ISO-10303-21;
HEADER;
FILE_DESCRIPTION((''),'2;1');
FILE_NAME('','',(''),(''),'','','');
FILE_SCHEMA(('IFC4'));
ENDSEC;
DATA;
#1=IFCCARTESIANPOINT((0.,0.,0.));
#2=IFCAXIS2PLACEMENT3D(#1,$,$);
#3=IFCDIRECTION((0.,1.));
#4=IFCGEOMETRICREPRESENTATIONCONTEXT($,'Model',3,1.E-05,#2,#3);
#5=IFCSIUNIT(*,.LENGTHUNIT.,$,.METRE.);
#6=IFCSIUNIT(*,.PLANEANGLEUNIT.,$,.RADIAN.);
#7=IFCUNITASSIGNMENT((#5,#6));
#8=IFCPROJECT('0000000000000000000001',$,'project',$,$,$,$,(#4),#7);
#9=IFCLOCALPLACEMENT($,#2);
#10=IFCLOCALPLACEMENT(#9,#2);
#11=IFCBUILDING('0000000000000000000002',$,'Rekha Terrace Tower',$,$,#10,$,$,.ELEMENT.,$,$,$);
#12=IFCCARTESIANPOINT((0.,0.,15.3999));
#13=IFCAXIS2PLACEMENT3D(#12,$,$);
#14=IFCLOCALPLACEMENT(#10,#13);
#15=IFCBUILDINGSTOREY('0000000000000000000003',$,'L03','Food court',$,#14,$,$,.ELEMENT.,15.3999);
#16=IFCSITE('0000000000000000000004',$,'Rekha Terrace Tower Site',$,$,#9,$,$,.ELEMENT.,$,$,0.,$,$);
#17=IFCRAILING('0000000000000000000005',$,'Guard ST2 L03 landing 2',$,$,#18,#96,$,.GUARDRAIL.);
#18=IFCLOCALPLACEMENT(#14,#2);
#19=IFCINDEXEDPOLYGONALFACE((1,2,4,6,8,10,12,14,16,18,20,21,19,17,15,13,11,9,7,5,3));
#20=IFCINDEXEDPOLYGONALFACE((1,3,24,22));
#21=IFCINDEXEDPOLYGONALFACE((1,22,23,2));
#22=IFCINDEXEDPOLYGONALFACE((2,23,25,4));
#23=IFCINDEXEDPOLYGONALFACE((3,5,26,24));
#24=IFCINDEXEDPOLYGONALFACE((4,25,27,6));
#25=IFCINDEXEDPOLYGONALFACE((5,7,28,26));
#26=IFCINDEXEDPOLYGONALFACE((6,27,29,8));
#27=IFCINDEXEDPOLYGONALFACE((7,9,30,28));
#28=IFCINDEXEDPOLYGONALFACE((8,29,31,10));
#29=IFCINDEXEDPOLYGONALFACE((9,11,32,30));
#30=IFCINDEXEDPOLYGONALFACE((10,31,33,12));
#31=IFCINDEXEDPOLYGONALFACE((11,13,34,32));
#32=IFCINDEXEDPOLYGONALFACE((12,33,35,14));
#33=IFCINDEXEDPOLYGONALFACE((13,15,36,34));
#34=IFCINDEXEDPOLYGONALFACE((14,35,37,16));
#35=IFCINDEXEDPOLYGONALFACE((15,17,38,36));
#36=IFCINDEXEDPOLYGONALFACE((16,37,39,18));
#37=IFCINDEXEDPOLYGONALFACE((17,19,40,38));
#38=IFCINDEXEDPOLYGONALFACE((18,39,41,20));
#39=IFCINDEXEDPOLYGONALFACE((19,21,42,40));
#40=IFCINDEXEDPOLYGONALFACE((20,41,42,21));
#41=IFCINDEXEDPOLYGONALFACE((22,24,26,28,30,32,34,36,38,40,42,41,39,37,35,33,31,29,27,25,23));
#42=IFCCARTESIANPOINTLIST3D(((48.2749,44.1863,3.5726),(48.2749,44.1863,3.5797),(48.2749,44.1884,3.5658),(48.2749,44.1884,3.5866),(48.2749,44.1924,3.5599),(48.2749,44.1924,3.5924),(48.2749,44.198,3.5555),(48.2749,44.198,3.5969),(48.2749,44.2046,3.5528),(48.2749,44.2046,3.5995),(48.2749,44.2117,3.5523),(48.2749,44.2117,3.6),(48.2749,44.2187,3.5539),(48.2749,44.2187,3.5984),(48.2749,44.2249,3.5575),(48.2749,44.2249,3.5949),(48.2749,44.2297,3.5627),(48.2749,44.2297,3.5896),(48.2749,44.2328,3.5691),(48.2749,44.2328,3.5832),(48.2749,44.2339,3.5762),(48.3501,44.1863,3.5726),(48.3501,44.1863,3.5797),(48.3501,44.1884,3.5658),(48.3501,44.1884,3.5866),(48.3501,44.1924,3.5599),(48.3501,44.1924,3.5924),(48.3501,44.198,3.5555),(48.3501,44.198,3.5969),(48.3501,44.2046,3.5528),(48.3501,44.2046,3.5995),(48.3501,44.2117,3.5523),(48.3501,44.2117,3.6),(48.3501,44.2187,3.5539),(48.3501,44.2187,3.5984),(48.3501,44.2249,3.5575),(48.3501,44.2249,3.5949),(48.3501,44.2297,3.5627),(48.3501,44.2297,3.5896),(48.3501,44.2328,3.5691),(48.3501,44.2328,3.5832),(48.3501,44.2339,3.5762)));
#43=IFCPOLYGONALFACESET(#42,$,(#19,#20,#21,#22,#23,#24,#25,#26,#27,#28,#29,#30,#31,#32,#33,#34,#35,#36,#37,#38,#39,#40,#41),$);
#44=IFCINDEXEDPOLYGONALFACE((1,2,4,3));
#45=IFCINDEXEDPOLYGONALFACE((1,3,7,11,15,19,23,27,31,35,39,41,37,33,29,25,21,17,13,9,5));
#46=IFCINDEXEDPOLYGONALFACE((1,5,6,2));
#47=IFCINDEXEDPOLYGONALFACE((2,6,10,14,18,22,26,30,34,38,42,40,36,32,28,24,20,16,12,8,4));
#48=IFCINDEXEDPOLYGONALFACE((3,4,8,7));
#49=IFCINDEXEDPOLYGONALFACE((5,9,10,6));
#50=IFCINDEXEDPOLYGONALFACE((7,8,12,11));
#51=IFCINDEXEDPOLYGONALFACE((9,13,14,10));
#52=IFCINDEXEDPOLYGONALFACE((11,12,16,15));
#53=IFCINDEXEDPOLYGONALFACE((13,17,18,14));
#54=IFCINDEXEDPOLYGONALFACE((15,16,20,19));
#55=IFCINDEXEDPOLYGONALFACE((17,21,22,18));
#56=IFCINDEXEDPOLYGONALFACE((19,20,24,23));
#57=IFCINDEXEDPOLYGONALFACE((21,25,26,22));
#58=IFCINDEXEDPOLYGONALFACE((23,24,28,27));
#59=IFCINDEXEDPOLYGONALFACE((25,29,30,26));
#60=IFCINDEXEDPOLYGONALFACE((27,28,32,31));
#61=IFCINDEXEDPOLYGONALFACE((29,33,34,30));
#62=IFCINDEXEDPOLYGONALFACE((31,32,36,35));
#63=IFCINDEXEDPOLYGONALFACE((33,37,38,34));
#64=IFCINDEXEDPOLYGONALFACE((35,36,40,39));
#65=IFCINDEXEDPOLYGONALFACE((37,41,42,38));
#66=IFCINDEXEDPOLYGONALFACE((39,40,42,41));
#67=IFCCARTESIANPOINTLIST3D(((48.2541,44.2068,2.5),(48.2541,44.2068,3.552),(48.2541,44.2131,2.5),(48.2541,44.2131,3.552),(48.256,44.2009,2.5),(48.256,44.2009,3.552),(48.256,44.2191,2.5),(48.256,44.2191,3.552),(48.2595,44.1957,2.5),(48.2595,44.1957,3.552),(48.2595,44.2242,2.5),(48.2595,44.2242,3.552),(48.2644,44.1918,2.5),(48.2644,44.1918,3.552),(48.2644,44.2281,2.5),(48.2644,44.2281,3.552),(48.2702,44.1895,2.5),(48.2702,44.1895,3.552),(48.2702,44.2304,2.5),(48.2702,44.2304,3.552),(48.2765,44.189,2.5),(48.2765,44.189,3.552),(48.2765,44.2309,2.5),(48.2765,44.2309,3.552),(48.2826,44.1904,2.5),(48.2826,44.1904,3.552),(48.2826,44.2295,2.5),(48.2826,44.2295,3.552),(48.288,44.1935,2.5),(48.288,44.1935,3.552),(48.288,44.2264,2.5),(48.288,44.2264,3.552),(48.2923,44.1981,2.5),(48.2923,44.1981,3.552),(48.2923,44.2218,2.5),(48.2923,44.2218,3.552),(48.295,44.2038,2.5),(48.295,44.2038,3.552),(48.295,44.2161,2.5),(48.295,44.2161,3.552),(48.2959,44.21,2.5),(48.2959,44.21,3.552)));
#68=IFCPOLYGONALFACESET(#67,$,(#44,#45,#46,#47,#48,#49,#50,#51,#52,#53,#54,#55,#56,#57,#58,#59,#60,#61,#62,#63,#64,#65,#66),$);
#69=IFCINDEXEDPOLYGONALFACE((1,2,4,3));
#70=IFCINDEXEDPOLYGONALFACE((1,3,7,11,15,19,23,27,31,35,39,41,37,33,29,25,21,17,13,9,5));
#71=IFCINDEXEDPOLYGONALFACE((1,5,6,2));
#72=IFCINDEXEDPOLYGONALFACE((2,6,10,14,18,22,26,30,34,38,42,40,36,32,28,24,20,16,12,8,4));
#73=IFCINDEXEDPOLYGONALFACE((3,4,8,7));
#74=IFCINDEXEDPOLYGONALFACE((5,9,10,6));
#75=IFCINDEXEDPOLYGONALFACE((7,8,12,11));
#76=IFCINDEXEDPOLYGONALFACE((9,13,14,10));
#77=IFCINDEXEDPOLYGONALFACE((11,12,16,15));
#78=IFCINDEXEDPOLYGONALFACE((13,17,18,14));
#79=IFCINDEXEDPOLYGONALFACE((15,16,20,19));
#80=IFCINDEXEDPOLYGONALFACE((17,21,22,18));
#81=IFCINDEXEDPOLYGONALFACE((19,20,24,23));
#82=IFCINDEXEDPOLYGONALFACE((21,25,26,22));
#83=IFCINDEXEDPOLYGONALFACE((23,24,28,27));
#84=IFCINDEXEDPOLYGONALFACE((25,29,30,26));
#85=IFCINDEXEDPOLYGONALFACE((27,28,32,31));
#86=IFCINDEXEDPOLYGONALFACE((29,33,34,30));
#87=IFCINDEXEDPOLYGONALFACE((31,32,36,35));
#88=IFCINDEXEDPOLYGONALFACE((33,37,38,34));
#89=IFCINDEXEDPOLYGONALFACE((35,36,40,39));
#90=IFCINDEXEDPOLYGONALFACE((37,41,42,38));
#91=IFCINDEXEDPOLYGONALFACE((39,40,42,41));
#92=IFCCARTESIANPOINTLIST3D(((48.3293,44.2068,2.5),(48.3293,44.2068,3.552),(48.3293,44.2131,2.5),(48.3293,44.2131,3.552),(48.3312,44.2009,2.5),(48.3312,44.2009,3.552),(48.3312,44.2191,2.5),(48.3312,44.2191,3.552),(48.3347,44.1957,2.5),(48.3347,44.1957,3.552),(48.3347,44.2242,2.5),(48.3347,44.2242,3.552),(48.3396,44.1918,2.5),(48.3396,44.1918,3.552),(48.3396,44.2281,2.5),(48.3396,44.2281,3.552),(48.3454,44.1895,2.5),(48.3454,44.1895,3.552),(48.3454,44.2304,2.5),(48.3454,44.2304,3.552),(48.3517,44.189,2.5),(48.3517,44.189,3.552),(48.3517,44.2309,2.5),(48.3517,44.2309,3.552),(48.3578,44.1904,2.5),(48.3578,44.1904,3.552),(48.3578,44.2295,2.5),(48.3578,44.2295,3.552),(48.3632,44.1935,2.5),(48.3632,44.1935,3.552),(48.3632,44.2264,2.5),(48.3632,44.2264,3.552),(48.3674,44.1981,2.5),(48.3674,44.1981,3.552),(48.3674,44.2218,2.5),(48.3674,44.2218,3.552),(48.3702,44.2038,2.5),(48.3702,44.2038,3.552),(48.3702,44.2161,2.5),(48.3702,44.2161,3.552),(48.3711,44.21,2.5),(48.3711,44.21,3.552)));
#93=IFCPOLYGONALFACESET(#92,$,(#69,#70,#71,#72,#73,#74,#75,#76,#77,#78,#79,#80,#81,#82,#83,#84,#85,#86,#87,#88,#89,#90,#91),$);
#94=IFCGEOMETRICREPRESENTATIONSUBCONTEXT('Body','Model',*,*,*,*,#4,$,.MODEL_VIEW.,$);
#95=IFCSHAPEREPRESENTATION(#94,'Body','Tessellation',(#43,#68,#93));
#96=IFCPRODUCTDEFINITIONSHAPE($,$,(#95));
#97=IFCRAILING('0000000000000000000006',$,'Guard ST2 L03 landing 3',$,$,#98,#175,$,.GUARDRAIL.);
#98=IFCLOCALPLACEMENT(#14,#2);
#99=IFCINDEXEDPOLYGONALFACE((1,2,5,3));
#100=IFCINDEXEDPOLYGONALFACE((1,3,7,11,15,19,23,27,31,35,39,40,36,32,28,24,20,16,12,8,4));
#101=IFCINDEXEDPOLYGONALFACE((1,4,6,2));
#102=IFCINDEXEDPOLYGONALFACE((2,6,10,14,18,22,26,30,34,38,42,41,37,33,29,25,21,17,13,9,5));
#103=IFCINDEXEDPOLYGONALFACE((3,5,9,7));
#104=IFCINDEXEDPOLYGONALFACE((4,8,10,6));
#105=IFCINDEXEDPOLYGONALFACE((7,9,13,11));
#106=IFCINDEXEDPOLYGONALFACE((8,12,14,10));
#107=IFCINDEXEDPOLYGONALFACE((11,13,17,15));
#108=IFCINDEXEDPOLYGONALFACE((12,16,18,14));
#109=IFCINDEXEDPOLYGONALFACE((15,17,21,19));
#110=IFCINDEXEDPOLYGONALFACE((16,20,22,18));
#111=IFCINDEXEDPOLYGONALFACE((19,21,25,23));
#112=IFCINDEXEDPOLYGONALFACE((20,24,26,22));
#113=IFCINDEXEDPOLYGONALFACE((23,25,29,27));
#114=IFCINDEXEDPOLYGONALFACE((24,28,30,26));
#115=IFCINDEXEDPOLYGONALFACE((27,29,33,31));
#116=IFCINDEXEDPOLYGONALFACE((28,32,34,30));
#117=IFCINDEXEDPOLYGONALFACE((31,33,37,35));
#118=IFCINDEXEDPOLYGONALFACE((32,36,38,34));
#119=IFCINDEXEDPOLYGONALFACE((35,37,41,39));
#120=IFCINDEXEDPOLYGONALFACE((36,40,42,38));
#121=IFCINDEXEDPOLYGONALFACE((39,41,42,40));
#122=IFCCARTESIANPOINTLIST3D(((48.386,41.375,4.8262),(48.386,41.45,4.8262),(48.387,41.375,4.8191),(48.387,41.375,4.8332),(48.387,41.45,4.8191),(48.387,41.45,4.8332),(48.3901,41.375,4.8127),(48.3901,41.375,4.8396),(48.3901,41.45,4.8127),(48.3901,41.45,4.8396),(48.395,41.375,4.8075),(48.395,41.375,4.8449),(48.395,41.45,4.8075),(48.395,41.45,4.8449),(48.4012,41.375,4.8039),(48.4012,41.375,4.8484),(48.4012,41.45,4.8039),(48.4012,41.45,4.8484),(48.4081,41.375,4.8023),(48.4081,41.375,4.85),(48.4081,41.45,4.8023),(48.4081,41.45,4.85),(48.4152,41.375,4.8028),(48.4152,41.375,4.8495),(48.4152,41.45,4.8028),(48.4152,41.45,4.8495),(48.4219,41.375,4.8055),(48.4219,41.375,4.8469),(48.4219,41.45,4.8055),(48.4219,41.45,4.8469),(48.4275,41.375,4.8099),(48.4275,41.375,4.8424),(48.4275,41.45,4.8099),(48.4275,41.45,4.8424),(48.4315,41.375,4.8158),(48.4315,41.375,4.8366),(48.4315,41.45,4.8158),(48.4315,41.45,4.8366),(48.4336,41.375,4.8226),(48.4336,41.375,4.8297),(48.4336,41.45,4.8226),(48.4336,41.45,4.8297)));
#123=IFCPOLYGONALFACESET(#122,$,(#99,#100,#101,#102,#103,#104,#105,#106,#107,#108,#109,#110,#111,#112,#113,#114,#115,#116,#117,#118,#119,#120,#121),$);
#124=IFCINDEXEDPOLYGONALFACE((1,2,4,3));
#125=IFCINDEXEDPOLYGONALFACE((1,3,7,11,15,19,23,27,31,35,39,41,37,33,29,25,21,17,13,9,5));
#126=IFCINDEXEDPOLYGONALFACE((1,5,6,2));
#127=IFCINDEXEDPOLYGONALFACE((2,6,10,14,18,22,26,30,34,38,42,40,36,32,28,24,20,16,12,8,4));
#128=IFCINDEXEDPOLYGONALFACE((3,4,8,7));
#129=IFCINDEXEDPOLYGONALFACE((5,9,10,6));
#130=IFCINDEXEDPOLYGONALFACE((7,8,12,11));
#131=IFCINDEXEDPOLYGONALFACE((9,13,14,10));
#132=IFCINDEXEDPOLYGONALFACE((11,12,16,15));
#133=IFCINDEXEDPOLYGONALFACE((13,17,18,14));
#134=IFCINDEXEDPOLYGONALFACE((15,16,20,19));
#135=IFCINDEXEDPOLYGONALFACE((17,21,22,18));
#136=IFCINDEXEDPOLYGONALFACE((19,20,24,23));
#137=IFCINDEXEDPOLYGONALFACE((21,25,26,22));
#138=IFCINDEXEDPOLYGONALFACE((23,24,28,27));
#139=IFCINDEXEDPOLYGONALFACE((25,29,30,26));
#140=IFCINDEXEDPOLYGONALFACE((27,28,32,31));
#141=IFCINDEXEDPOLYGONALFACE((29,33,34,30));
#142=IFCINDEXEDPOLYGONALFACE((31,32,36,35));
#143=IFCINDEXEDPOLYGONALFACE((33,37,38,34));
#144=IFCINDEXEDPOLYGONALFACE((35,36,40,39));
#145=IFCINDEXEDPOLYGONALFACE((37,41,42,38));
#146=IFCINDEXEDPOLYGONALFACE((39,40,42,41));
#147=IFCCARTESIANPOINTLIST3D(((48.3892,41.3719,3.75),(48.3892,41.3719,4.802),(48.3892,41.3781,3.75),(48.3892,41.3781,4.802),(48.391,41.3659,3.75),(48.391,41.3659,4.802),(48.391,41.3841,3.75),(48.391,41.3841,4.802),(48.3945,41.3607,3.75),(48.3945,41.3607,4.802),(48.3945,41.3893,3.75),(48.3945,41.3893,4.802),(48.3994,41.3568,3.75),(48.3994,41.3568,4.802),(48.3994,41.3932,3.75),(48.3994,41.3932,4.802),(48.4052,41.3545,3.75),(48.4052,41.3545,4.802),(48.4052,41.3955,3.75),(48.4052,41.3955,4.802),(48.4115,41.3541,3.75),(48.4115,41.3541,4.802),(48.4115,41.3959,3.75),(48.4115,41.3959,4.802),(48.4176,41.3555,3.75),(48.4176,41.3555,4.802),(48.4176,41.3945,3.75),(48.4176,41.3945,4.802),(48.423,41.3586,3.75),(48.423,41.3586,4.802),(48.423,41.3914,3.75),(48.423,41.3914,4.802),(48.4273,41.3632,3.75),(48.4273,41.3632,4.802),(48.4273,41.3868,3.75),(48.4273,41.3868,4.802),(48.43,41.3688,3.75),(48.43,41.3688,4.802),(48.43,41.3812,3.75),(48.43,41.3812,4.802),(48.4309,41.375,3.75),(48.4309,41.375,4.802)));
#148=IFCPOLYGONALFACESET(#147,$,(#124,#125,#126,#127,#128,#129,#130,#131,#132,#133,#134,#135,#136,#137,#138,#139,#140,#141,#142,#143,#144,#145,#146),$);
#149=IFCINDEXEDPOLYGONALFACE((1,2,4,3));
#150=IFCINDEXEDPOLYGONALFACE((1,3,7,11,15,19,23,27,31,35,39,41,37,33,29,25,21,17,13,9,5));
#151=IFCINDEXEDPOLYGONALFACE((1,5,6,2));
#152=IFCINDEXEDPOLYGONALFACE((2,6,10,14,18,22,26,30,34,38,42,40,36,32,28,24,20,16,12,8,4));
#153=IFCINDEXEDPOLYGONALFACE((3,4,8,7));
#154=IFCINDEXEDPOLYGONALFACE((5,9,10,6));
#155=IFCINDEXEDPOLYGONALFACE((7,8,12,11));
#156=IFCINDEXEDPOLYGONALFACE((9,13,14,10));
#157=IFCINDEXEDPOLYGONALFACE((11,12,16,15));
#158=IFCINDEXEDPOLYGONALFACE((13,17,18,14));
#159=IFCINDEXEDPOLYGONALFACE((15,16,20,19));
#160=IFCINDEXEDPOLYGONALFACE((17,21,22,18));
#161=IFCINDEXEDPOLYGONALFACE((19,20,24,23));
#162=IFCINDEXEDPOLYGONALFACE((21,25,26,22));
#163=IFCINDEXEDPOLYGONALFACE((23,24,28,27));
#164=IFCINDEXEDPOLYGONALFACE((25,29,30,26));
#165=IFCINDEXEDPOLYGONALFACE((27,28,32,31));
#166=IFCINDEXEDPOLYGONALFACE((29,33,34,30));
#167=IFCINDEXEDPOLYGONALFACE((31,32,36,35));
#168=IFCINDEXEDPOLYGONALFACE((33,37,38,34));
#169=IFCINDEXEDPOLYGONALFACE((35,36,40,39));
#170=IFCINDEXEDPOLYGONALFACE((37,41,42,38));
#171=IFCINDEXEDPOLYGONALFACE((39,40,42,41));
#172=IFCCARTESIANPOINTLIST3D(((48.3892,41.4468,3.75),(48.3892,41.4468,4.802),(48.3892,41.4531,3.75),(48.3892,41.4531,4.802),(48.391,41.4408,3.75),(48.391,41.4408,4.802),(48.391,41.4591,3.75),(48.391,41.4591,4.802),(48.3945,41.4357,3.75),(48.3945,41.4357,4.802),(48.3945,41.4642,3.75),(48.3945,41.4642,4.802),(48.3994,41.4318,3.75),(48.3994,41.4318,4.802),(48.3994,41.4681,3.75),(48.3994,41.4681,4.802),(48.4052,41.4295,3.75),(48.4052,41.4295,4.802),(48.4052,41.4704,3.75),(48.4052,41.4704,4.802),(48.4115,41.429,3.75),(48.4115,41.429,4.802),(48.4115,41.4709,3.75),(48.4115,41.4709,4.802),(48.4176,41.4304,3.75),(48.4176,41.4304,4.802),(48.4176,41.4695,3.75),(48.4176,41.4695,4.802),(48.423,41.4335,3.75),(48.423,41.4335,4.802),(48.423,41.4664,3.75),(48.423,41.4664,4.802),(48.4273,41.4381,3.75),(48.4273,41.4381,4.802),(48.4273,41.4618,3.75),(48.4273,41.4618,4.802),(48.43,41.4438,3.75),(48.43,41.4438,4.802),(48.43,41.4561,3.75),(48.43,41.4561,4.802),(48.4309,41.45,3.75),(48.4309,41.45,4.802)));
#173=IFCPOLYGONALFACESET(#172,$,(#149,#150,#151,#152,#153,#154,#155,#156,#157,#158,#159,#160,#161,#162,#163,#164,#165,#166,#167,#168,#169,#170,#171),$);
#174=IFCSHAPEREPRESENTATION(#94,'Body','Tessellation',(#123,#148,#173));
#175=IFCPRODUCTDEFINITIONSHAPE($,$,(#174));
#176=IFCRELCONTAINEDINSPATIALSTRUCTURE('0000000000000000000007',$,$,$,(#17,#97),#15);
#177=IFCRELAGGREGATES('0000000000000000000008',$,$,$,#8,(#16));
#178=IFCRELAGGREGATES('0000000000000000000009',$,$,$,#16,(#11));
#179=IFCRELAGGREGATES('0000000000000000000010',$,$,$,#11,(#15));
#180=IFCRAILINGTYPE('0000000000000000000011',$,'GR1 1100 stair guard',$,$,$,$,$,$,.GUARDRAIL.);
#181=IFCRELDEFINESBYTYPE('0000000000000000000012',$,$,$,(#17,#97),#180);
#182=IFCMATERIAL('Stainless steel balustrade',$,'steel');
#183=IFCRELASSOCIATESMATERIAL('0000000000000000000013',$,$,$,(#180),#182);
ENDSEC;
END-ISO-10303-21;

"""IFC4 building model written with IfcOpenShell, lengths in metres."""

from ifc_helpers import new_model, si_unit, direction, frame, origin, origin_2d, place, context, subcontext, project, spatial, circle, extrude, material, type_object, element, save


model = new_model("IFC4")

# Units and contexts
model_context = context("Model", 3, precision=1e-05, world=origin(), true_north=direction((0.0, 1.0)))
body_context = subcontext(model_context, "Body", "Model", "MODEL_VIEW")
ifc_project = project(units=[si_unit("LENGTHUNIT", "METRE"), si_unit("PLANEANGLEUNIT", "RADIAN")], contexts=[model_context])

# Site, building, storey
site_placement = place(None, origin())
site = spatial("IfcSite", under=ifc_project, at=site_placement, Name="Rekha Terrace Tower Site", CompositionType="ELEMENT", RefElevation=0.0)
building_placement = place(site_placement, origin())
building = spatial("IfcBuilding", under=site, at=building_placement, Name="Rekha Terrace Tower", CompositionType="ELEMENT")
storey_placement = place(building_placement, frame((0.0, 0.0, 15.3999)))
storey = spatial("IfcBuildingStorey", under=building, at=storey_placement, Name="L03", Description="Food court", CompositionType="ELEMENT", Elevation=15.3999)

# Railings
ifc_material_1 = material(Name="Stainless steel balustrade", Category="steel")
railing_type_1 = type_object("IfcRailingType", Name="GR1 1100 stair guard", PredefinedType="GUARDRAIL", material=ifc_material_1)
railing_1_placement = place(storey_placement, frame((48.2749, 44.21, 2.5)))
element("IfcRailing", 1, at=railing_1_placement, inside=storey, type_object=railing_type_1, Name="Guard ST2 L03 landing 2", PredefinedType="GUARDRAIL", context=body_context, shape_type="SweptSolid", body=[
    extrude(circle(Radius=0.0239, at=origin_2d()), frame((0.0, 0.0, 1.0762), z_axis=(1.0, 0.0, 0.0), x_axis=(0.0, 1.0, 0.0)), (0.0, 0.0, 1.0), 0.0752),
    extrude(circle(Radius=0.021, at=origin_2d()), origin(), (0.0, 0.0, 1.0), 1.052),
    extrude(circle(Radius=0.021, at=origin_2d()), frame((0.0752, 0.0, 0.0)), (0.0, 0.0, 1.0), 1.052),
])
railing_2_placement = place(storey_placement, frame((48.4099, 41.375, 3.75)))
element("IfcRailing", 2, at=railing_2_placement, inside=storey, type_object=railing_type_1, Name="Guard ST2 L03 landing 3", PredefinedType="GUARDRAIL", context=body_context, shape_type="SweptSolid", body=[
    extrude(circle(Radius=0.0239, at=origin_2d()), frame((0.0, 0.0, 1.0762), z_axis=(0.0, 1.0, 0.0), x_axis=(-1.0, 0.0, 0.0)), (0.0, 0.0, 1.0), 0.075),
    extrude(circle(Radius=0.021, at=origin_2d()), origin(), (0.0, 0.0, 1.0), 1.052),
    extrude(circle(Radius=0.021, at=origin_2d()), frame((0.0, 0.075, 0.0)), (0.0, 0.0, 1.0), 1.052),
])

save(model, "model.ifc")
